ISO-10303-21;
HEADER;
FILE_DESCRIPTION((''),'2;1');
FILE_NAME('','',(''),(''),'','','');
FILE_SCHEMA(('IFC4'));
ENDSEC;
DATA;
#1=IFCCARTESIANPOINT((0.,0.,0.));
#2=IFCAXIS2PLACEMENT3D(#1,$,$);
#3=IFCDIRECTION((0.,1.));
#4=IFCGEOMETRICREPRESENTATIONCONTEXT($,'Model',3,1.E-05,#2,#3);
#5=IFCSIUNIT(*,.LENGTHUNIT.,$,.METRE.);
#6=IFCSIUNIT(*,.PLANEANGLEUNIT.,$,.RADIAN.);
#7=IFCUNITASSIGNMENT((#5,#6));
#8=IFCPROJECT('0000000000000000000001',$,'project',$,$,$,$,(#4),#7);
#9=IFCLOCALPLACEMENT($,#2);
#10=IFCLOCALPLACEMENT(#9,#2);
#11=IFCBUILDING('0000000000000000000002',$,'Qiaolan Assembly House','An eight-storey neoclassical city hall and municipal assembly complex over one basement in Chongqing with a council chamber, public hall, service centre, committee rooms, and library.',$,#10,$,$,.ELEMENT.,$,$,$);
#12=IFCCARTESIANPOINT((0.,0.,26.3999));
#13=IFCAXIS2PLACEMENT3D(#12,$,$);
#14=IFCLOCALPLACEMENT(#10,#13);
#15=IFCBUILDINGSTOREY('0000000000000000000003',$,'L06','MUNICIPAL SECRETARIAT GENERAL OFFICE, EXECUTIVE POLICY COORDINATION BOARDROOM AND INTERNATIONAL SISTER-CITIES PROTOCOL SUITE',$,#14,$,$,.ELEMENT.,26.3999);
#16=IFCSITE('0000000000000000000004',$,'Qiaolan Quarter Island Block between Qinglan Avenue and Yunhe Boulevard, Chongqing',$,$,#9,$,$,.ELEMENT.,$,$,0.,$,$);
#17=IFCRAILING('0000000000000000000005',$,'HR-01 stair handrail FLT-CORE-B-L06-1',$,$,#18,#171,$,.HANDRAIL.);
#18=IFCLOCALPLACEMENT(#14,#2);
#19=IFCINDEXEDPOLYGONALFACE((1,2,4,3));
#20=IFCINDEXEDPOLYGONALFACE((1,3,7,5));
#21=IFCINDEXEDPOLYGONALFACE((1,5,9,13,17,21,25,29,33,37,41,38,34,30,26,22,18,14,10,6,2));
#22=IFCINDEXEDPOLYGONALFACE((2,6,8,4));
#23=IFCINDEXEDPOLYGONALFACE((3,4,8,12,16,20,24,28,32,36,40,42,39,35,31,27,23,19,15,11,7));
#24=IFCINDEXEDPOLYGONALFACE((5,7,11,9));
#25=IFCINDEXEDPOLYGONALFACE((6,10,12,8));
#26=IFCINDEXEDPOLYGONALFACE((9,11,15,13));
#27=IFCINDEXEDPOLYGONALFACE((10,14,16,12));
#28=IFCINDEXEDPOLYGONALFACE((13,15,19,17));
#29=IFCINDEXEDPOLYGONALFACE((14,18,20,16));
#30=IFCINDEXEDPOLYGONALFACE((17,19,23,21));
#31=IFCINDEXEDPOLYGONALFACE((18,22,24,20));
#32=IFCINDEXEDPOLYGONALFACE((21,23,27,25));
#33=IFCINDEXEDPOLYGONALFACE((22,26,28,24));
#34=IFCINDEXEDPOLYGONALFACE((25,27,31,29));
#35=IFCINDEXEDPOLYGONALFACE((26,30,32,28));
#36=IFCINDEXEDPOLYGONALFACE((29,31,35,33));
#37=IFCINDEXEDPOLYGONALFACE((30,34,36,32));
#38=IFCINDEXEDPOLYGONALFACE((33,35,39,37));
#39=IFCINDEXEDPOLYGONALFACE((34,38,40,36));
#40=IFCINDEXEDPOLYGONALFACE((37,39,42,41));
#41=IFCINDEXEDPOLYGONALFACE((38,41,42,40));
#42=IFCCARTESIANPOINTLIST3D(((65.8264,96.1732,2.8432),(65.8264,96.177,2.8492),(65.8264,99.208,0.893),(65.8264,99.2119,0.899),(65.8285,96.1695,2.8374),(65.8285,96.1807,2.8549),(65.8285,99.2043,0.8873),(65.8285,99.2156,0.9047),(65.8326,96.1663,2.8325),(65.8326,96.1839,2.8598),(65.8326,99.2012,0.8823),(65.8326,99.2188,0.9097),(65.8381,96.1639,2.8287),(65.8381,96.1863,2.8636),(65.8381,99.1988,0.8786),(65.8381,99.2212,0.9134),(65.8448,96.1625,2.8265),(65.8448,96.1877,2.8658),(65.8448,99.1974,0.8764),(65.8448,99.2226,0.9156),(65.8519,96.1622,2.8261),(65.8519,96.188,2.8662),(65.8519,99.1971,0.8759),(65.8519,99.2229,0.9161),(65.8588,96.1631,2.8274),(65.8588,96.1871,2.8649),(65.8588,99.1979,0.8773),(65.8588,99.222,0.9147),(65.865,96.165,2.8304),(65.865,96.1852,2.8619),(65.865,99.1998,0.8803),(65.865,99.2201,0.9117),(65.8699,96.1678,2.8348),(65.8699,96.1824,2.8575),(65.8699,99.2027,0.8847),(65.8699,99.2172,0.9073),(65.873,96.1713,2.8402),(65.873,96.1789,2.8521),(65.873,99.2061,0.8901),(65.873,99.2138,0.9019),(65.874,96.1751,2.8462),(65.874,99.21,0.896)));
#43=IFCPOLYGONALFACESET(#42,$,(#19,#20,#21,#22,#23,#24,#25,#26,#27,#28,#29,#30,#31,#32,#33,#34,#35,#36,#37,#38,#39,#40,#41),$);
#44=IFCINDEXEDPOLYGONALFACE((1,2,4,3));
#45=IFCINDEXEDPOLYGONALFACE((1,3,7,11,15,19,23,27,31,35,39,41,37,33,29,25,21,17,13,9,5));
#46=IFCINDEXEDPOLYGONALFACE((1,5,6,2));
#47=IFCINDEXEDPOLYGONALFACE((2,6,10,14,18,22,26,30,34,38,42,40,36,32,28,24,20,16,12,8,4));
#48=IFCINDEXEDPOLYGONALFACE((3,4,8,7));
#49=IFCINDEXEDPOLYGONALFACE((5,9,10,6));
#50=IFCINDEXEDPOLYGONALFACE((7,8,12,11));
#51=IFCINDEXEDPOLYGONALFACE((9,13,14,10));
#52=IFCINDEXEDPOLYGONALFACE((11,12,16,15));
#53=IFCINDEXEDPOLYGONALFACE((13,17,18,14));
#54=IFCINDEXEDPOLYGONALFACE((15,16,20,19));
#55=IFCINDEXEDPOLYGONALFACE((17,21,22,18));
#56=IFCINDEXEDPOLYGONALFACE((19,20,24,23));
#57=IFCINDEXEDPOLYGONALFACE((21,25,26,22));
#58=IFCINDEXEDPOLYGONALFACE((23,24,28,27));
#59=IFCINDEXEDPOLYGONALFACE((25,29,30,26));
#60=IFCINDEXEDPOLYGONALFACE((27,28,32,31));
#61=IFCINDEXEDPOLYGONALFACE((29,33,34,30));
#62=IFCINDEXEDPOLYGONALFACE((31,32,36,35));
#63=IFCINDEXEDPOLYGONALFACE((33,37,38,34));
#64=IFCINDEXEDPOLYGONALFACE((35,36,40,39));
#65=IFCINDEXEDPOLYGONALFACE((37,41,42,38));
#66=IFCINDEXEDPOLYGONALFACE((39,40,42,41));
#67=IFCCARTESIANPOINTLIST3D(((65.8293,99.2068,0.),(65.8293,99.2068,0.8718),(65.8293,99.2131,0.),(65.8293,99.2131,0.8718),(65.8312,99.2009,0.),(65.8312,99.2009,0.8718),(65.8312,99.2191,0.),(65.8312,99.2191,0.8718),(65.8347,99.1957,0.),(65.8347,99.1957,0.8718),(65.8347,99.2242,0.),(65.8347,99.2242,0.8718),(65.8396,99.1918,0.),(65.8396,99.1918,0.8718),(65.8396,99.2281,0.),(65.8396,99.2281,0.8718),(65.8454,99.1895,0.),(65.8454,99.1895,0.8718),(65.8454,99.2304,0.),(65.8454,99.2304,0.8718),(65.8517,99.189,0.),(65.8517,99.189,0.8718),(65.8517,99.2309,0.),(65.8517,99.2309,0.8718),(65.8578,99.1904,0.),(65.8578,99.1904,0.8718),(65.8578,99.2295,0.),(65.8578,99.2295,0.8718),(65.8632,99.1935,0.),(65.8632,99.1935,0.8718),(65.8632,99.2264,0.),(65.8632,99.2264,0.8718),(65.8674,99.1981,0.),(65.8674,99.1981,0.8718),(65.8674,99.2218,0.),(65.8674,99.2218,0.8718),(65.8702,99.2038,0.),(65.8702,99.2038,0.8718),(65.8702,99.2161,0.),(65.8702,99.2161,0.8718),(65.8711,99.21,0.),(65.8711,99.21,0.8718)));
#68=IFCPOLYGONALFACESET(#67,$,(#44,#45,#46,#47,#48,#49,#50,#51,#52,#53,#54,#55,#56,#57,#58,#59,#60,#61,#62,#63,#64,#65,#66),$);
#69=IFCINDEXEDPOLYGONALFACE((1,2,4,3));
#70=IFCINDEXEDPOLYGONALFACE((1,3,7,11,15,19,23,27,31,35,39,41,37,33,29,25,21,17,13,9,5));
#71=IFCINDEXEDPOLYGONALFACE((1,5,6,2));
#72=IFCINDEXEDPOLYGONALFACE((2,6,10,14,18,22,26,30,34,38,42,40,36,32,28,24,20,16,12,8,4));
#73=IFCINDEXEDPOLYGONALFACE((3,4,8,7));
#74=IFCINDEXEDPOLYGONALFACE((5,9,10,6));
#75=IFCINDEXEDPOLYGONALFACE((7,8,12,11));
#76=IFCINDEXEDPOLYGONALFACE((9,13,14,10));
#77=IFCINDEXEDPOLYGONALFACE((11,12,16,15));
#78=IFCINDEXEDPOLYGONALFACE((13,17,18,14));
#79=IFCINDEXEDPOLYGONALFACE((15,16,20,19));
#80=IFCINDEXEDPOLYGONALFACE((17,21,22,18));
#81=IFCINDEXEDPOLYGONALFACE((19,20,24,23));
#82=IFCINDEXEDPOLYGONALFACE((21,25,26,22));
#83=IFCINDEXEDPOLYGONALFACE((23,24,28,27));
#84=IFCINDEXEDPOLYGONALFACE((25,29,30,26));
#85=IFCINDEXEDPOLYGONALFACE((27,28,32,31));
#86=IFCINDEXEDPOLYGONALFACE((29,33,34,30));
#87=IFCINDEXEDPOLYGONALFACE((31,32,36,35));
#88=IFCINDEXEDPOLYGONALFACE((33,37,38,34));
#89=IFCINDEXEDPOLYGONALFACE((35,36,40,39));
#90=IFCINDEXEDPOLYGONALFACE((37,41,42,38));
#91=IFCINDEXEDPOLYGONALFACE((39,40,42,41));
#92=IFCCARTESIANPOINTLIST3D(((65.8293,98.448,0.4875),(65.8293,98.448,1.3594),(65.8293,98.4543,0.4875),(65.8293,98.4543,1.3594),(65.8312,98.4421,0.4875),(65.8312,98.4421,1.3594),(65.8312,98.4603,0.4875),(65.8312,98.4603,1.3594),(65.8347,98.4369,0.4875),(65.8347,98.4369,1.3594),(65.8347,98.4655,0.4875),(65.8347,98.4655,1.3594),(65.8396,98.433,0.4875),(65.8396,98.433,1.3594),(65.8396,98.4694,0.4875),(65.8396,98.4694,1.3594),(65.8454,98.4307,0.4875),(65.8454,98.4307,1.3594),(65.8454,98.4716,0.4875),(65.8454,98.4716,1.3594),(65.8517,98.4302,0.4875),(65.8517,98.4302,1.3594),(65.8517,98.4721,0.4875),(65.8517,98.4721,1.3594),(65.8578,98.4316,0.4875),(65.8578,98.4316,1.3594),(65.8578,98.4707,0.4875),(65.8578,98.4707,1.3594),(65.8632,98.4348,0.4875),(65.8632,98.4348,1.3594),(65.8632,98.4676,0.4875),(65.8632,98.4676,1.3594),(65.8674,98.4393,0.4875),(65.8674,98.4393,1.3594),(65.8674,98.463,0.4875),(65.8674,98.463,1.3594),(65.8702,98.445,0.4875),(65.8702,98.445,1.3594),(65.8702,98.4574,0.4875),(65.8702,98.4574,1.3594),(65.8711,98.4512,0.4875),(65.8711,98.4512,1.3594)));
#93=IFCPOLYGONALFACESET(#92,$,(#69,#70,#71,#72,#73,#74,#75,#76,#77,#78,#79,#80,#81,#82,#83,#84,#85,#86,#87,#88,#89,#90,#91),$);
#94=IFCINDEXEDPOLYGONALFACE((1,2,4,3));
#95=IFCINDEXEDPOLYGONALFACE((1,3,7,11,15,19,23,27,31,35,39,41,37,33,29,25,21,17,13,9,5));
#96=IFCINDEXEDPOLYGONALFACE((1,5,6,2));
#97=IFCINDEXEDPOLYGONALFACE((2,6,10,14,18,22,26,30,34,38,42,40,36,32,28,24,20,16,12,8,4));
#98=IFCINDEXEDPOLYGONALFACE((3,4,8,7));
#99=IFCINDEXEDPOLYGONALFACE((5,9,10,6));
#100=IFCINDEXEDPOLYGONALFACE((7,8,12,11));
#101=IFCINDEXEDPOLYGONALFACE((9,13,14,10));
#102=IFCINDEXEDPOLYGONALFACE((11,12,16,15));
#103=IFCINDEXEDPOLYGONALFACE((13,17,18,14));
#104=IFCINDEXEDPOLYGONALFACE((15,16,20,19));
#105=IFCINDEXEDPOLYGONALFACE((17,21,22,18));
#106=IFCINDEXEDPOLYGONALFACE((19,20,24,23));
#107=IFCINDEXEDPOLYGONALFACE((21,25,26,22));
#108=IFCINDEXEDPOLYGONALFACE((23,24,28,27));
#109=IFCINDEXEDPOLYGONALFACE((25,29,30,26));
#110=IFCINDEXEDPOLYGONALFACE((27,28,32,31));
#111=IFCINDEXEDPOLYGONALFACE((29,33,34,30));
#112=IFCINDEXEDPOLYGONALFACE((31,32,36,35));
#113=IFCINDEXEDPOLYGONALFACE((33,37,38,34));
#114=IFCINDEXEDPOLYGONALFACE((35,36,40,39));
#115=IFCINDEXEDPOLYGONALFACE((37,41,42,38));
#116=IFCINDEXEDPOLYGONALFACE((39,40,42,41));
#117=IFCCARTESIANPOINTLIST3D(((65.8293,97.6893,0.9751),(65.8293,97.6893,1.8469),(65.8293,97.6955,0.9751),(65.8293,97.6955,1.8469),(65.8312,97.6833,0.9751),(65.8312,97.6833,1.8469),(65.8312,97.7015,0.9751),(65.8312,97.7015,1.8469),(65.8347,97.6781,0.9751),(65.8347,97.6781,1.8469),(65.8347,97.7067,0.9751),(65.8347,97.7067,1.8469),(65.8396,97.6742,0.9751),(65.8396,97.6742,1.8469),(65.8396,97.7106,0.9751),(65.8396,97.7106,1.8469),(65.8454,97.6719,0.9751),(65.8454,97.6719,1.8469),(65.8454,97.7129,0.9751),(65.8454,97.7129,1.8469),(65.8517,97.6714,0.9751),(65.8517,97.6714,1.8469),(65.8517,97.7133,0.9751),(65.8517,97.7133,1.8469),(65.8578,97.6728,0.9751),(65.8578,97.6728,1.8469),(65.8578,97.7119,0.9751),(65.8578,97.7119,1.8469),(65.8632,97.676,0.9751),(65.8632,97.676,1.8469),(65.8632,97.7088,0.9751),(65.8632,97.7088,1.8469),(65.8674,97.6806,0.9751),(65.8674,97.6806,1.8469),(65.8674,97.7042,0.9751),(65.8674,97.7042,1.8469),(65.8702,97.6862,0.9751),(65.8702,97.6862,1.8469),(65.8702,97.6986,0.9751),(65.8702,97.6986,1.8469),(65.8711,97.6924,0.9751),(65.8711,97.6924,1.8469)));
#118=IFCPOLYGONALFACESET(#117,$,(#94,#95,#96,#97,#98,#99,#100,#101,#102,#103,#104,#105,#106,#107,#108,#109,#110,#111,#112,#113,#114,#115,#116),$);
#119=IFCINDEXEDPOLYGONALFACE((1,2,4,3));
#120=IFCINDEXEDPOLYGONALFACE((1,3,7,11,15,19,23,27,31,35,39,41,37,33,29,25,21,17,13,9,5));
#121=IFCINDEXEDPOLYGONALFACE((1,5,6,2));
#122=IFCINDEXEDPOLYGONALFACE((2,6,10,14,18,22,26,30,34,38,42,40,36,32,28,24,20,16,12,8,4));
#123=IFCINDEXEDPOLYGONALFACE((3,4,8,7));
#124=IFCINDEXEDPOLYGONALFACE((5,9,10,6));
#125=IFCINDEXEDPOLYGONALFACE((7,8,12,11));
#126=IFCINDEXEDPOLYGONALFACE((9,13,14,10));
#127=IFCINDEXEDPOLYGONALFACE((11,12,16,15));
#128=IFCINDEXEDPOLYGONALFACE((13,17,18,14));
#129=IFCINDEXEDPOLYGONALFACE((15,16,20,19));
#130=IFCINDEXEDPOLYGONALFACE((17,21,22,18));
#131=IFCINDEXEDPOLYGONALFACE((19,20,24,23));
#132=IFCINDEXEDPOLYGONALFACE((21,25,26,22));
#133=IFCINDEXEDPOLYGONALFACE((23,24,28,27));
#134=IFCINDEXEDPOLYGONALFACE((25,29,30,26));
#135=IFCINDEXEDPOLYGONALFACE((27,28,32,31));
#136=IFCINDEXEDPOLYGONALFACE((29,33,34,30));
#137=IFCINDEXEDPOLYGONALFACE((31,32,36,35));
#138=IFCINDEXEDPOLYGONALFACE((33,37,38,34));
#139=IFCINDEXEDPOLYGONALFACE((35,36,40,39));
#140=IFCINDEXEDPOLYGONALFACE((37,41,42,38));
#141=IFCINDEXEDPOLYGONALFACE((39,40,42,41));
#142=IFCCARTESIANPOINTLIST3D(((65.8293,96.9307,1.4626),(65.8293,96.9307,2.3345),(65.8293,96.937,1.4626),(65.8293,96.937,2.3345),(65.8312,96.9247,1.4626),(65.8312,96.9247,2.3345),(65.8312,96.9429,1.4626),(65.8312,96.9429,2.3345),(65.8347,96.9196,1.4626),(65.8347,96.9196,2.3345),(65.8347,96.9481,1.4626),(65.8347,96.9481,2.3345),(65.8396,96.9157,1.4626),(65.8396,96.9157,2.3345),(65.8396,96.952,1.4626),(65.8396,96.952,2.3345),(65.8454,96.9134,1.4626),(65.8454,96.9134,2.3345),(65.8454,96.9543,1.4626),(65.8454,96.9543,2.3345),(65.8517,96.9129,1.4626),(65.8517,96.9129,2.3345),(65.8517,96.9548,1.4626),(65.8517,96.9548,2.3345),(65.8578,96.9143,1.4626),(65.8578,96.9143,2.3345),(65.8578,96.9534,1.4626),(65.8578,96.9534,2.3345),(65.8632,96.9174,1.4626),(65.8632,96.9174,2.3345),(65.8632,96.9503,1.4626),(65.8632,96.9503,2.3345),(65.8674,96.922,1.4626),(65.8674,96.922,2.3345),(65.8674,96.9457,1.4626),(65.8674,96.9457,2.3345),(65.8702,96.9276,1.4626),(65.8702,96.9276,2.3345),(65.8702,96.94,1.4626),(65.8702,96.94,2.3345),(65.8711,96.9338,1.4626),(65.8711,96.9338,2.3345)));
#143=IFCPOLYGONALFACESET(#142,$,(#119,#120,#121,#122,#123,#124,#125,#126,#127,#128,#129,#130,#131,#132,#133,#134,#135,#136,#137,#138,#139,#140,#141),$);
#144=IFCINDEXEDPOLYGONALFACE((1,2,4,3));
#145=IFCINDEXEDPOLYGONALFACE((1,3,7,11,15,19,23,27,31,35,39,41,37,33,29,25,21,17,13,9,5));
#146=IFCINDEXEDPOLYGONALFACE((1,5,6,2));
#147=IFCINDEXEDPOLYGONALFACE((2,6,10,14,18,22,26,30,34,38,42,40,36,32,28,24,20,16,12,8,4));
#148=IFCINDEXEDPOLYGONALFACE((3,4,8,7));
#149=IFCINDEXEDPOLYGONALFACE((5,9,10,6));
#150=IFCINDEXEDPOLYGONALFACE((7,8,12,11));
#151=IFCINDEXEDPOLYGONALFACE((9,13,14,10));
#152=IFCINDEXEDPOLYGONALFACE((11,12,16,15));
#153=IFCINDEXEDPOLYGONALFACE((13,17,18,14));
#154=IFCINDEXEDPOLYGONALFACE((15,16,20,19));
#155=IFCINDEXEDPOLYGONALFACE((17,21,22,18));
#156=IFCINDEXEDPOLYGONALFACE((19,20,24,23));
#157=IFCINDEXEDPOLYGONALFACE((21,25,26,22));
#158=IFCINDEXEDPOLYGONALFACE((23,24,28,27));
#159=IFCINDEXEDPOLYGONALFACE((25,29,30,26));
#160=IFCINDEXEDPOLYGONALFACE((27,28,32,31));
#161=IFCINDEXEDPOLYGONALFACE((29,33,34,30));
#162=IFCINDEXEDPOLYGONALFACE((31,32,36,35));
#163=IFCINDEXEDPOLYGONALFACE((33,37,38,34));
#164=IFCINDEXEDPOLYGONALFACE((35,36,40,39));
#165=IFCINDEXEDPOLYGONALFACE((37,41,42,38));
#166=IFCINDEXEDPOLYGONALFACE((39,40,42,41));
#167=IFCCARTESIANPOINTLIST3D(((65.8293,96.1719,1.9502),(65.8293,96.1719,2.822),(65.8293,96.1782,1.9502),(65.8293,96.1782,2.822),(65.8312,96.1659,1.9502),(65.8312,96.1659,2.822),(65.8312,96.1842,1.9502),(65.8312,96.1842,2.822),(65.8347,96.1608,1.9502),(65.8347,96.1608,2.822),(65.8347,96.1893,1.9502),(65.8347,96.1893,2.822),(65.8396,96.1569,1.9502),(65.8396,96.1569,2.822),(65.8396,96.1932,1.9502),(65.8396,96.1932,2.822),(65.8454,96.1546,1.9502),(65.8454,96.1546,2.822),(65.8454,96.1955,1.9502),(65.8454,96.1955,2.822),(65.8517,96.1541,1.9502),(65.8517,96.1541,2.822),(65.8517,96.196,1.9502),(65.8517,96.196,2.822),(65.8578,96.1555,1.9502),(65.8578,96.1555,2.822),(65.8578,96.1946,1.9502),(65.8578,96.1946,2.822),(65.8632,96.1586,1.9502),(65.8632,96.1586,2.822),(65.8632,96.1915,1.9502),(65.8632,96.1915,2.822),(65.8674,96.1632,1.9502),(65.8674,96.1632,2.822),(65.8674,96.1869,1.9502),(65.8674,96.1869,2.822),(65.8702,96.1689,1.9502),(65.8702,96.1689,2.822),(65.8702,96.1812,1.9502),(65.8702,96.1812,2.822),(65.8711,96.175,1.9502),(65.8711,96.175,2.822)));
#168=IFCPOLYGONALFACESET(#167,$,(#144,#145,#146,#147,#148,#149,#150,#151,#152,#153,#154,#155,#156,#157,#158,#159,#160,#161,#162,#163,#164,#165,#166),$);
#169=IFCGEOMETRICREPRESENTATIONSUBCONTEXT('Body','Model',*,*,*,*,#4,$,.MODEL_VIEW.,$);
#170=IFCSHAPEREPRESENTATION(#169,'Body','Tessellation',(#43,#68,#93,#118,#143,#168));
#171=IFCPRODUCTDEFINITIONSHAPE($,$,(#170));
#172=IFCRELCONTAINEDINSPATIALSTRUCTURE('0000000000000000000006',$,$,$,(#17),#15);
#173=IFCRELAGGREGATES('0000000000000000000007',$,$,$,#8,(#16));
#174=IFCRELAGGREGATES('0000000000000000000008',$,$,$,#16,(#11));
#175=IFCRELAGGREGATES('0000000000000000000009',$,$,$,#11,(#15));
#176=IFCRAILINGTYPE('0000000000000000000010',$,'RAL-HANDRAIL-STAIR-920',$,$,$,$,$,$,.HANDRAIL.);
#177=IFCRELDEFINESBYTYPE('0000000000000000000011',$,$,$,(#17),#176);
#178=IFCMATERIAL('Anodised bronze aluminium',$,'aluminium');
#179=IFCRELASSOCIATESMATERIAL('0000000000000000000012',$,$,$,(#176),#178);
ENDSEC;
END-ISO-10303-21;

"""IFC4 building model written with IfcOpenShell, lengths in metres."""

from ifc_helpers import new_model, si_unit, direction, frame, origin, origin_2d, place, context, subcontext, project, spatial, circle, extrude, material, type_object, element, save


model = new_model("IFC4")

# Units and contexts
model_context = context("Model", 3, precision=1e-05, world=origin(), true_north=direction((0.0, 1.0)))
body_context = subcontext(model_context, "Body", "Model", "MODEL_VIEW")
ifc_project = project(units=[si_unit("LENGTHUNIT", "METRE"), si_unit("PLANEANGLEUNIT", "RADIAN")], contexts=[model_context])

# Site, building, storey
site_placement = place(None, origin())
site = spatial("IfcSite", under=ifc_project, at=site_placement, Name="Qiaolan Quarter Island Block between Qinglan Avenue and Yunhe Boulevard, Chongqing", CompositionType="ELEMENT", RefElevation=0.0)
building_placement = place(site_placement, origin())
building = spatial("IfcBuilding", under=site, at=building_placement, Name="Qiaolan Assembly House", Description="An eight-storey neoclassical city hall and municipal assembly complex over one basement in Chongqing with a council chamber, public hall, service centre, committee rooms, and library.", CompositionType="ELEMENT")
storey_placement = place(building_placement, frame((0.0, 0.0, 26.3999)))
storey = spatial("IfcBuildingStorey", under=building, at=storey_placement, Name="L06", Description="MUNICIPAL SECRETARIAT GENERAL OFFICE, EXECUTIVE POLICY COORDINATION BOARDROOM AND INTERNATIONAL SISTER-CITIES PROTOCOL SUITE", CompositionType="ELEMENT", Elevation=26.3999)

# Railing
ifc_material_1 = material(Name="Anodised bronze aluminium", Category="aluminium")
railing_type_1 = type_object("IfcRailingType", Name="RAL-HANDRAIL-STAIR-920", PredefinedType="HANDRAIL", material=ifc_material_1)
railing_1_placement = place(storey_placement, frame((65.8501, 99.21, 0.0)))
element("IfcRailing", 1, at=railing_1_placement, inside=storey, type_object=railing_type_1, Name="HR-01 stair handrail FLT-CORE-B-L06-1", PredefinedType="HANDRAIL", context=body_context, shape_type="SweptSolid", body=[
    extrude(circle(Radius=0.0239, at=origin_2d()), frame((0.0, 0.0, 0.896), z_axis=(0.0, -0.841282, 0.540597), x_axis=(1.0, 0.0, 0.0)), (0.0, 0.0, 1.0), 3.6074),
    extrude(circle(Radius=0.021, at=origin_2d()), origin(), (0.0, 0.0, 1.0), 0.8718),
    extrude(circle(Radius=0.021, at=origin_2d()), frame((0.0, -0.7588, 0.4875)), (0.0, 0.0, 1.0), 0.8718),
    extrude(circle(Radius=0.021, at=origin_2d()), frame((0.0, -1.5176, 0.9751)), (0.0, 0.0, 1.0), 0.8718),
    extrude(circle(Radius=0.021, at=origin_2d()), frame((0.0, -2.2761, 1.4626)), (0.0, 0.0, 1.0), 0.8718),
    extrude(circle(Radius=0.021, at=origin_2d()), frame((0.0, -3.0349, 1.9502)), (0.0, 0.0, 1.0), 0.8718),
])

save(model, "model.ifc")
